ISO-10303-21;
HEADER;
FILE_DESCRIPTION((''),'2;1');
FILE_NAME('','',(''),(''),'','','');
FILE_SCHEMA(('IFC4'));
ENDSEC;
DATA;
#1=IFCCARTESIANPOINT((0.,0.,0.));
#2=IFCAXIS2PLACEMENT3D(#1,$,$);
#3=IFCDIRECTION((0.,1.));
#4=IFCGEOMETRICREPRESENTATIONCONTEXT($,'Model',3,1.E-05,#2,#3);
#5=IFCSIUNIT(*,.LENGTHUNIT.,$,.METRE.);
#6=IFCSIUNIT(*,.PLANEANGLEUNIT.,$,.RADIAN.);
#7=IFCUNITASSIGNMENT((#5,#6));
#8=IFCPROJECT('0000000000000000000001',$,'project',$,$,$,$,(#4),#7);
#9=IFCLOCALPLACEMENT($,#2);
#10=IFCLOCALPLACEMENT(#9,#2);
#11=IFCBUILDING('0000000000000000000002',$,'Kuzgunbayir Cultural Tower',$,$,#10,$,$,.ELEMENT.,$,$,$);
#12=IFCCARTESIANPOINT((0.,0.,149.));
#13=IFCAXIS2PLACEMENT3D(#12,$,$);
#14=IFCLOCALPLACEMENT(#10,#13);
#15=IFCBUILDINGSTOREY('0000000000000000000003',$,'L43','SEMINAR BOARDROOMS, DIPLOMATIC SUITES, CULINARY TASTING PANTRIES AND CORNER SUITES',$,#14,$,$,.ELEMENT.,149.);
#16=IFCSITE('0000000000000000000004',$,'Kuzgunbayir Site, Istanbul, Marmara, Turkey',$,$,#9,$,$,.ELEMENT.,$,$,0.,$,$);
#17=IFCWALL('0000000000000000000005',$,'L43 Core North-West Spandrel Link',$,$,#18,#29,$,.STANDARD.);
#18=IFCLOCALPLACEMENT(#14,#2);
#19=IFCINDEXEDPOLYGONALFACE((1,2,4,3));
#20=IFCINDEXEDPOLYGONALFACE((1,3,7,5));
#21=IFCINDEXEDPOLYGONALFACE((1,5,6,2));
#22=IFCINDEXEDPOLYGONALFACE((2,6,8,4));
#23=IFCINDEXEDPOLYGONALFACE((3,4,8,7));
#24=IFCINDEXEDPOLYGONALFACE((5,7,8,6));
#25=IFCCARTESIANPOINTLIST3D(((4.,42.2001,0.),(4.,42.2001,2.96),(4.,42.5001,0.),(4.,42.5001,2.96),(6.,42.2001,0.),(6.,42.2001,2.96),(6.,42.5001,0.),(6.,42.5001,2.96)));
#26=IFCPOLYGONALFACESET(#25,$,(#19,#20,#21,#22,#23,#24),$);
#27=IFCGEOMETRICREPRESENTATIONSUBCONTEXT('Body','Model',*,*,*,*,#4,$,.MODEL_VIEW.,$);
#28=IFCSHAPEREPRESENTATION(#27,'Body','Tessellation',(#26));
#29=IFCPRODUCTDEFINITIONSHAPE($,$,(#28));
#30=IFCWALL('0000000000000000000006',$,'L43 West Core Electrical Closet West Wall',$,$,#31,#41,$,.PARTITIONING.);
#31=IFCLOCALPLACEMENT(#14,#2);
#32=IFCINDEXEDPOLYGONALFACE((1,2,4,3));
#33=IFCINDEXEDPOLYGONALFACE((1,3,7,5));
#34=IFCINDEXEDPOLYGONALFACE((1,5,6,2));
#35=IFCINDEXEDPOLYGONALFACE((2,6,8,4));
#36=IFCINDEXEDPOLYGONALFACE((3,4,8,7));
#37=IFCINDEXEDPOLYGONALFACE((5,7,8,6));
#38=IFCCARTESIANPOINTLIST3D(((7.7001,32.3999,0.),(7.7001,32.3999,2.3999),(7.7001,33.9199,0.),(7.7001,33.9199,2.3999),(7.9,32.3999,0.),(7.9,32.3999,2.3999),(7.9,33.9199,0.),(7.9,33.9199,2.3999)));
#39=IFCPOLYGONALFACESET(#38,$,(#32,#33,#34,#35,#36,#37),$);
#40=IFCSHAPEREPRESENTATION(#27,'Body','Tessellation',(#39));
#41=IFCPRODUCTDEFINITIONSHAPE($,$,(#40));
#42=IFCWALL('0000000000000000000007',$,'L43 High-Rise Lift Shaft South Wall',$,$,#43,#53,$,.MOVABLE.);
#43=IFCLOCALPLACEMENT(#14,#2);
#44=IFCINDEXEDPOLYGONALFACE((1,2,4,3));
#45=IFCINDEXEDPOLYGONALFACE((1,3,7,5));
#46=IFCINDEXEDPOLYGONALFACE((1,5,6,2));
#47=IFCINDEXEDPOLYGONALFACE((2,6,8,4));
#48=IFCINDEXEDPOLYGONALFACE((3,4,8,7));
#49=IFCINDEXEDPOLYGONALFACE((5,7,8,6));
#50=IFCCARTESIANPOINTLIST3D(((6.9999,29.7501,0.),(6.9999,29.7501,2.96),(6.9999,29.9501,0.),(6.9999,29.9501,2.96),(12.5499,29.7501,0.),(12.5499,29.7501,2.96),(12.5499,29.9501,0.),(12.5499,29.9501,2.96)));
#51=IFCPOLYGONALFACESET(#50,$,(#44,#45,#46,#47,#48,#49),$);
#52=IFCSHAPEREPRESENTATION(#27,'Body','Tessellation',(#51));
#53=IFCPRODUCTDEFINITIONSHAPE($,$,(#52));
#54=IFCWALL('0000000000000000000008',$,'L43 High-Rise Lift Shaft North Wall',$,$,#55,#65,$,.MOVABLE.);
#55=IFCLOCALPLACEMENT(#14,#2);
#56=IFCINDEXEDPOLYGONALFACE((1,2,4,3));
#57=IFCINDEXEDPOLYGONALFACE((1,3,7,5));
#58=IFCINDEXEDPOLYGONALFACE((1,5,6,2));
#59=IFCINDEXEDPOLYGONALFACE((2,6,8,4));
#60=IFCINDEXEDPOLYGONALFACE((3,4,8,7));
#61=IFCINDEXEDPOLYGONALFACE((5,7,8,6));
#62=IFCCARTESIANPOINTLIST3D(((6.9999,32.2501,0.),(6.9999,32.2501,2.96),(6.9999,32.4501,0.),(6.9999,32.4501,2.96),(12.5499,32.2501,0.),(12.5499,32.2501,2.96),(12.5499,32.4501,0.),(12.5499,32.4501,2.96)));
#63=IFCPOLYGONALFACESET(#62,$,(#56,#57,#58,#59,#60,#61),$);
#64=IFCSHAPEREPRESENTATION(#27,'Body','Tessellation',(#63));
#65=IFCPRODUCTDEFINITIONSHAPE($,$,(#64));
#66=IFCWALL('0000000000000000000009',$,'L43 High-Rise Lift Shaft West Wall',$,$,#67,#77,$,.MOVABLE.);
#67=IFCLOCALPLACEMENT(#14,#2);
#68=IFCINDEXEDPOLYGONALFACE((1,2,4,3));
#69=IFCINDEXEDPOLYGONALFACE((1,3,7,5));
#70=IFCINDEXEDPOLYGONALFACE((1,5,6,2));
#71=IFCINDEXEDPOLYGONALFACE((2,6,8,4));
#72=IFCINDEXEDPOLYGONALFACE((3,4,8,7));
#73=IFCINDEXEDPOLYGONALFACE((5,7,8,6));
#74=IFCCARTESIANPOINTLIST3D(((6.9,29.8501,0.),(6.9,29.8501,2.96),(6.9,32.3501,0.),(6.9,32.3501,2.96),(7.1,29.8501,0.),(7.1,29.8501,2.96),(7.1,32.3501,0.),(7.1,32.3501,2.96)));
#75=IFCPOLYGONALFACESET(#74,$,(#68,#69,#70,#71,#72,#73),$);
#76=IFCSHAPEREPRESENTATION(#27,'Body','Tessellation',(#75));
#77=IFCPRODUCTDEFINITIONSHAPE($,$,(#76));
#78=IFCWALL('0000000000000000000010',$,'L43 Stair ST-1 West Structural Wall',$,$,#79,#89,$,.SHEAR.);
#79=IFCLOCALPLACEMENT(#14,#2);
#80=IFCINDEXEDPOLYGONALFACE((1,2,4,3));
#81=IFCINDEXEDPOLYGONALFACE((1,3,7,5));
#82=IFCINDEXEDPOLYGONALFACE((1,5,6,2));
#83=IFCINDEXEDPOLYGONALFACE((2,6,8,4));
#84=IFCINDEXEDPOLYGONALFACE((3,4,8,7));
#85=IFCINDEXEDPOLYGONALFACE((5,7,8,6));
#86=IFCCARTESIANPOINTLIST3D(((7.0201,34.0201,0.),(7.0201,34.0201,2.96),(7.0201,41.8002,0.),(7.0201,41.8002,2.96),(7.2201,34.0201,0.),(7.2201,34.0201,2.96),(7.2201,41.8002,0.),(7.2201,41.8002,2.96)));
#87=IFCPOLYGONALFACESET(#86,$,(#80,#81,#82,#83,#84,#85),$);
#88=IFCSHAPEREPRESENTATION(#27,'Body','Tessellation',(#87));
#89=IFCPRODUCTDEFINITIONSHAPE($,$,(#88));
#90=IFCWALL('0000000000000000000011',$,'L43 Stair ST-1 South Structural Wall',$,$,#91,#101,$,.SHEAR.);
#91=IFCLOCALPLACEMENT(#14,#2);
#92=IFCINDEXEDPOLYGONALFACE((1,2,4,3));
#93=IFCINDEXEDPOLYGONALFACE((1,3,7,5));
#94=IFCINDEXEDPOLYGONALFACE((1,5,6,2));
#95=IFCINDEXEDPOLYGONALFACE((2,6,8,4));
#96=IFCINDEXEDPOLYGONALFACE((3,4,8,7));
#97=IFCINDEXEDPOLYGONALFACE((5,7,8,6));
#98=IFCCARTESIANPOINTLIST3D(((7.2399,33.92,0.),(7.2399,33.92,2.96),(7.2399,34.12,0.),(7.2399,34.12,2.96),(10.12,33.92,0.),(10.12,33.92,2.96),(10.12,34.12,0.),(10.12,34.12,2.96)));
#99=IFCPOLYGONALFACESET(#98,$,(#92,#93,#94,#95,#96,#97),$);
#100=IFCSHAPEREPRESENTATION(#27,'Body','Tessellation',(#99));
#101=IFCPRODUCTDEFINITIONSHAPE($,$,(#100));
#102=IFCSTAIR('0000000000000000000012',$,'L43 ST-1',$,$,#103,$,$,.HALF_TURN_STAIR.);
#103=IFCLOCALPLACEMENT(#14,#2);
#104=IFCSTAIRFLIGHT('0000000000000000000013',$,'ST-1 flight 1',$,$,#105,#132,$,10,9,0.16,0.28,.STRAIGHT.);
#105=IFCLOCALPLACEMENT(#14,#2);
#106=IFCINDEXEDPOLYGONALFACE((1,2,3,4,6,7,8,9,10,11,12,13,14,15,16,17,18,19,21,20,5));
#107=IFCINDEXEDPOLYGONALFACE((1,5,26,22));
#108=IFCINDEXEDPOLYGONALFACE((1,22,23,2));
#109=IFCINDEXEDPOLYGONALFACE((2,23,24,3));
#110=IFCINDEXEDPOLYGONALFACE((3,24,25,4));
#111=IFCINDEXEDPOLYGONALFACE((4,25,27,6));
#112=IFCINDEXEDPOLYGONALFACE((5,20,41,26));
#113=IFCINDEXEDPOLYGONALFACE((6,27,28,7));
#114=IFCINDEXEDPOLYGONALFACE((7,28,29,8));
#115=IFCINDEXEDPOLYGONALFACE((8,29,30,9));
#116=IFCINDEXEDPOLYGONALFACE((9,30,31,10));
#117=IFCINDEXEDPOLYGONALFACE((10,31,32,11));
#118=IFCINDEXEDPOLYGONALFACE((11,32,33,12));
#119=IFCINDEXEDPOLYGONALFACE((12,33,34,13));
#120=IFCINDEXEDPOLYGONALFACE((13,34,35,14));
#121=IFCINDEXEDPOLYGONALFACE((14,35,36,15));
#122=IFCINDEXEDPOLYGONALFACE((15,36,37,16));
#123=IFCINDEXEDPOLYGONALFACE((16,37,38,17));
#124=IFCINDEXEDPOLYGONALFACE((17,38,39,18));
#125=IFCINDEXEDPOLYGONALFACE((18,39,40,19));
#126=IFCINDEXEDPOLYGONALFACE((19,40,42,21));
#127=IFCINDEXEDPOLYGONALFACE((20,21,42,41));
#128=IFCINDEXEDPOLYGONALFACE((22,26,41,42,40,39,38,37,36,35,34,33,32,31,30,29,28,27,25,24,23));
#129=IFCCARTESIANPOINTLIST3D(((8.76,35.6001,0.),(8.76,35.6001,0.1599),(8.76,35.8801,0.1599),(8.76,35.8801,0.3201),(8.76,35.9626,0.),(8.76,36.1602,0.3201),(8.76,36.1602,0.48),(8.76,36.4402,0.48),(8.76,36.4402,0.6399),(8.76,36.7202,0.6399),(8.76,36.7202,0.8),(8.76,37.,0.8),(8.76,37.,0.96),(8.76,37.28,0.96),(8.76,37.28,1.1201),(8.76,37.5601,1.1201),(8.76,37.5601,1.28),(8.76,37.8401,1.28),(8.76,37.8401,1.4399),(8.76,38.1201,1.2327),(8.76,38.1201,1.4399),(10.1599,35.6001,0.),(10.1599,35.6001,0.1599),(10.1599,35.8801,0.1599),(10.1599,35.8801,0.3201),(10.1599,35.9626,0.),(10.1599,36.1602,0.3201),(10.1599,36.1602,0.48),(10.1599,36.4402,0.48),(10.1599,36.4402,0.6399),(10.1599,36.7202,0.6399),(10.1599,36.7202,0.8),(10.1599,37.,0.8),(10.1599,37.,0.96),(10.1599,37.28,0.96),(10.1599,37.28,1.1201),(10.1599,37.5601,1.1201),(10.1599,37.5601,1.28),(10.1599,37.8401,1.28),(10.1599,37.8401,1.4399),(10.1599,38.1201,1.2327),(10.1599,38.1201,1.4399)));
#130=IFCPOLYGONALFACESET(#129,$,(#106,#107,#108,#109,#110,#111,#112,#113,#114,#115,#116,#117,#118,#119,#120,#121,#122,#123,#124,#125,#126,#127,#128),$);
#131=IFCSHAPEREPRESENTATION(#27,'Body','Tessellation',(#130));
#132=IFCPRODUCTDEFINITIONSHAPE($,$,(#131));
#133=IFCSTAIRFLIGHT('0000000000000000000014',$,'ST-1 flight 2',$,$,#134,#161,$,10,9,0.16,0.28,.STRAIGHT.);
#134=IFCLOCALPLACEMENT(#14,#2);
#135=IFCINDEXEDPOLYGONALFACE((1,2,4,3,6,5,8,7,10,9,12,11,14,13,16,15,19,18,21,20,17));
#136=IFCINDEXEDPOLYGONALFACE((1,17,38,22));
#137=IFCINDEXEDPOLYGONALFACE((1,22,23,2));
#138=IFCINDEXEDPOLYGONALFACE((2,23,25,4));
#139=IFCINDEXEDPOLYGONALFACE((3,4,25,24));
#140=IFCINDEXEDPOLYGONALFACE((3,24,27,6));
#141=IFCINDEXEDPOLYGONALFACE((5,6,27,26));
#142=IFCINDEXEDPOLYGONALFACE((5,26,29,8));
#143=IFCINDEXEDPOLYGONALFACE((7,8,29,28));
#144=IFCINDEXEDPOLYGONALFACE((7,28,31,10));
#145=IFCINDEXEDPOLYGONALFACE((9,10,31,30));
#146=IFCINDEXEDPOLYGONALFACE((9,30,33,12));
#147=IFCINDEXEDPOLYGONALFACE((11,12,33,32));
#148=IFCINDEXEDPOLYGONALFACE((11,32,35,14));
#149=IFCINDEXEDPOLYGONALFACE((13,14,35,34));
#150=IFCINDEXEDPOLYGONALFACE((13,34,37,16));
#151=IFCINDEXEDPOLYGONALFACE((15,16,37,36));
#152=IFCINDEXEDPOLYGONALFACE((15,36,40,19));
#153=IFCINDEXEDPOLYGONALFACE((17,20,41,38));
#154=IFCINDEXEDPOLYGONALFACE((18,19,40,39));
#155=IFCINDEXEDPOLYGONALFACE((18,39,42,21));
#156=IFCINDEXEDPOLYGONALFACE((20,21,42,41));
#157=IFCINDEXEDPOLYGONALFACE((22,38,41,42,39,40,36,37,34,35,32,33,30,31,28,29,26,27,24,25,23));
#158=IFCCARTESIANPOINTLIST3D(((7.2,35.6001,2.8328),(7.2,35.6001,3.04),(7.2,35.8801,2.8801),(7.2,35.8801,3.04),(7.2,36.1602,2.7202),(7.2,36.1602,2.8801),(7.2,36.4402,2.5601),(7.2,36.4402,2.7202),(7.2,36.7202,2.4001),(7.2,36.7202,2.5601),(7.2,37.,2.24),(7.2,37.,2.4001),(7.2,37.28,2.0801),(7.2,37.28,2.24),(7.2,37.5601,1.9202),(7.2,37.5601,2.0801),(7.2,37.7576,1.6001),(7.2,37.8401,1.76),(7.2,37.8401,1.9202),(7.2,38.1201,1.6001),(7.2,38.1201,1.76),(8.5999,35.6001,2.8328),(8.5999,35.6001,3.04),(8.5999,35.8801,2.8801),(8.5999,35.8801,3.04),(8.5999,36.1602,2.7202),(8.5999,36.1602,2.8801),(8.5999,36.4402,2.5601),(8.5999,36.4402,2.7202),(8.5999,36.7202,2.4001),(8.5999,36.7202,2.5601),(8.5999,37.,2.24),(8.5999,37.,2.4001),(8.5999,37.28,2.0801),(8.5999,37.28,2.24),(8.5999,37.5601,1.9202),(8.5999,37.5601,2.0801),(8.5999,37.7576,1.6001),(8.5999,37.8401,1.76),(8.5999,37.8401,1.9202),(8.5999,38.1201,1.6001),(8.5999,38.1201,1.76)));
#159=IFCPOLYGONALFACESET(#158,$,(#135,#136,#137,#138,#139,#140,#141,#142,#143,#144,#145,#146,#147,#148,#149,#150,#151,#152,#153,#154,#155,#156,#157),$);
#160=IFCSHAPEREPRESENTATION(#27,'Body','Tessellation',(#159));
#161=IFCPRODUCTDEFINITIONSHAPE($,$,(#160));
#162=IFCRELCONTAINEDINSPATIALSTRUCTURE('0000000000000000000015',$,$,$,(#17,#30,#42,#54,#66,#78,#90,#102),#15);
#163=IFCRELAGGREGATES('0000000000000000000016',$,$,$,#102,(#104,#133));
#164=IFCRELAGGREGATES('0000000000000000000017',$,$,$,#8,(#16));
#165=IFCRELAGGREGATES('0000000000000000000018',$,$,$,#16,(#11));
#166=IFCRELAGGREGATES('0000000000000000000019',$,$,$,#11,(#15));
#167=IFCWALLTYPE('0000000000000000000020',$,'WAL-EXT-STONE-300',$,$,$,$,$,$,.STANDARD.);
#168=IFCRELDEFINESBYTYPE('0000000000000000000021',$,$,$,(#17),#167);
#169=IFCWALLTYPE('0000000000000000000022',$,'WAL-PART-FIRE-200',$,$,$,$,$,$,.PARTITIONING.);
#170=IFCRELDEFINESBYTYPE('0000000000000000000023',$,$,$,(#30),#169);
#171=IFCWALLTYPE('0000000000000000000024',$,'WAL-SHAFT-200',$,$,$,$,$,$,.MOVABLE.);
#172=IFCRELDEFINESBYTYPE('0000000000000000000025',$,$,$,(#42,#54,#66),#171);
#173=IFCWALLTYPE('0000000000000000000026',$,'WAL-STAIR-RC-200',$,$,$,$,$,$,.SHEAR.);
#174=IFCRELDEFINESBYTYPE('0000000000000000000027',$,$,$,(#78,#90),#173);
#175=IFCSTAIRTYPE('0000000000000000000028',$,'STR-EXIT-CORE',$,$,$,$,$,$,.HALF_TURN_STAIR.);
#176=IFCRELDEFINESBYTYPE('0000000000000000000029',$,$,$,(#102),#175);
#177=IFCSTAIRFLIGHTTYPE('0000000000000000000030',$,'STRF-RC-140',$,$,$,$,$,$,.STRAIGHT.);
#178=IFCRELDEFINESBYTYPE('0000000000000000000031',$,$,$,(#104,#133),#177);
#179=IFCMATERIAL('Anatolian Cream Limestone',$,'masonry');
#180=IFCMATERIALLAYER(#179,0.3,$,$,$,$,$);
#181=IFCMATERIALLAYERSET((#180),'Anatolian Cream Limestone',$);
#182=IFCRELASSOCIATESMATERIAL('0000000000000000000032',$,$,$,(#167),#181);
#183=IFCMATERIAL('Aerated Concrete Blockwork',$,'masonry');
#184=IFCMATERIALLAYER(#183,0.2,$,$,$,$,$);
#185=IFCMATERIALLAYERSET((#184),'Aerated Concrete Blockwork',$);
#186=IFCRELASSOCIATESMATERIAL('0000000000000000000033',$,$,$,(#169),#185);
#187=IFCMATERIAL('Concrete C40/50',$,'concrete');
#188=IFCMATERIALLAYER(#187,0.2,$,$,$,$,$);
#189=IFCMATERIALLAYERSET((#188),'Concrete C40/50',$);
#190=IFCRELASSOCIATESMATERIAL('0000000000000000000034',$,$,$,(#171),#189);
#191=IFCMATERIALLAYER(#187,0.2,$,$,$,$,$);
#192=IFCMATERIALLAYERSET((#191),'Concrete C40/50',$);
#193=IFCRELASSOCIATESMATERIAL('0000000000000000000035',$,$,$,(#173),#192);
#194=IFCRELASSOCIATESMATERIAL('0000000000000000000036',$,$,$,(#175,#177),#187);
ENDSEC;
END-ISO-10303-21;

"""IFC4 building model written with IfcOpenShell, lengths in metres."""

from ifc_helpers import new_model, si_unit, direction, frame, frame_2d, origin, place, context, subcontext, project, spatial, polyline, rectangle, outline, extrude, material, layer, layer_set, type_object, element, aggregate, save


model = new_model("IFC4")

# Units and contexts
model_context = context("Model", 3, precision=1e-05, world=origin(), true_north=direction((0.0, 1.0)))
body_context = subcontext(model_context, "Body", "Model", "MODEL_VIEW")
ifc_project = project(units=[si_unit("LENGTHUNIT", "METRE"), si_unit("PLANEANGLEUNIT", "RADIAN")], contexts=[model_context])

# Site, building, storey
site_placement = place(None, origin())
site = spatial("IfcSite", under=ifc_project, at=site_placement, Name="Kuzgunbayir Site, Istanbul, Marmara, Turkey", CompositionType="ELEMENT", RefElevation=0.0)
building_placement = place(site_placement, origin())
building = spatial("IfcBuilding", under=site, at=building_placement, Name="Kuzgunbayir Cultural Tower", CompositionType="ELEMENT")
storey_placement = place(building_placement, frame((0.0, 0.0, 149.0)))
storey = spatial("IfcBuildingStorey", under=building, at=storey_placement, Name="L43", Description="SEMINAR BOARDROOMS, DIPLOMATIC SUITES, CULINARY TASTING PANTRIES AND CORNER SUITES", CompositionType="ELEMENT", Elevation=149.0)

# Shared definitions
ifc_material_1 = material(Name="Anatolian Cream Limestone", Category="masonry")
ifc_layer_1 = layer(ifc_material_1, 0.3)
ifc_layer_set_1 = layer_set([ifc_layer_1], Name="Anatolian Cream Limestone")
wall_type_1 = type_object("IfcWallType", Name="WAL-EXT-STONE-300", PredefinedType="STANDARD", material=ifc_layer_set_1)

# Walls
wall_1_placement = place(storey_placement, frame((6.0, 42.3501, 0.0), z_axis=(0.0, 0.0, 1.0), x_axis=(-1.0, 0.0, 0.0)))
element("IfcWall", 1, at=wall_1_placement, inside=storey, type_object=wall_type_1, Name="L43 Core North-West Spandrel Link", PredefinedType="STANDARD", context=body_context, shape_type="SweptSolid", body=[
    extrude(rectangle(XDim=2.0, YDim=0.3, at=frame_2d((1.0, 0.0))), origin(), (0.0, 0.0, 1.0), 2.96),
])
ifc_material_2 = material(Name="Aerated Concrete Blockwork", Category="masonry")
ifc_layer_2 = layer(ifc_material_2, 0.2)
ifc_layer_set_2 = layer_set([ifc_layer_2], Name="Aerated Concrete Blockwork")
wall_type_2 = type_object("IfcWallType", Name="WAL-PART-FIRE-200", PredefinedType="PARTITIONING", material=ifc_layer_set_2)
wall_2_placement = place(storey_placement, frame((7.8, 32.3999, 0.0), z_axis=(0.0, 0.0, 1.0), x_axis=(0.0, 1.0, 0.0)))
element("IfcWall", 2, at=wall_2_placement, inside=storey, type_object=wall_type_2, Name="L43 West Core Electrical Closet West Wall", PredefinedType="PARTITIONING", context=body_context, shape_type="SweptSolid", body=[
    extrude(rectangle(XDim=1.52, YDim=0.2, at=frame_2d((0.76, 0.0))), origin(), (0.0, 0.0, 1.0), 2.3999),
])
ifc_material_3 = material(Name="Concrete C40/50", Category="concrete")
ifc_layer_3 = layer(ifc_material_3, 0.2)
ifc_layer_set_3 = layer_set([ifc_layer_3], Name="Concrete C40/50")
wall_type_3 = type_object("IfcWallType", Name="WAL-SHAFT-200", PredefinedType="MOVABLE", material=ifc_layer_set_3)
for number, where, z_axis, x_axis, name in (
    (3, (7.0, 29.8501, 0.0), (0.0, 0.0, 1.0), (1.0, 0.0, 0.0), "L43 High-Rise Lift Shaft South Wall"),
    (4, (7.0, 32.3501, 0.0), (0.0, 0.0, 1.0), (1.0, 0.0, 0.0), "L43 High-Rise Lift Shaft North Wall"),
):
    element("IfcWall", number, at=place(storey_placement, frame(where, z_axis=z_axis, x_axis=x_axis)), inside=storey, type_object=wall_type_3, Name=name, PredefinedType="MOVABLE", context=body_context, shape_type="SweptSolid", body=[
        extrude(rectangle(XDim=5.55, YDim=0.2, at=frame_2d((2.7749, 0.0))), origin(), (0.0, 0.0, 1.0), 2.96),
    ])
wall_3_placement = place(storey_placement, frame((7.0, 29.8501, 0.0), z_axis=(0.0, 0.0, 1.0), x_axis=(0.0, 1.0, 0.0)))
element("IfcWall", 5, at=wall_3_placement, inside=storey, type_object=wall_type_3, Name="L43 High-Rise Lift Shaft West Wall", PredefinedType="MOVABLE", context=body_context, shape_type="SweptSolid", body=[
    extrude(rectangle(XDim=2.5, YDim=0.2, at=frame_2d((1.25, 0.0))), origin(), (0.0, 0.0, 1.0), 2.96),
])
ifc_layer_4 = layer(ifc_material_3, 0.2)
ifc_layer_set_4 = layer_set([ifc_layer_4], Name="Concrete C40/50")
wall_type_4 = type_object("IfcWallType", Name="WAL-STAIR-RC-200", PredefinedType="SHEAR", material=ifc_layer_set_4)
wall_4_placement = place(storey_placement, frame((7.1201, 34.02, 0.0), z_axis=(0.0, 0.0, 1.0), x_axis=(0.0, 1.0, 0.0)))
element("IfcWall", 6, at=wall_4_placement, inside=storey, type_object=wall_type_4, Name="L43 Stair ST-1 West Structural Wall", PredefinedType="SHEAR", context=body_context, shape_type="SweptSolid", body=[
    extrude(rectangle(XDim=7.78, YDim=0.2, at=frame_2d((3.8901, 0.0))), origin(), (0.0, 0.0, 1.0), 2.96),
])
wall_5_placement = place(storey_placement, frame((7.24, 34.02, 0.0), z_axis=(0.0, 0.0, 1.0), x_axis=(1.0, 0.0, 0.0)))
element("IfcWall", 7, at=wall_5_placement, inside=storey, type_object=wall_type_4, Name="L43 Stair ST-1 South Structural Wall", PredefinedType="SHEAR", context=body_context, shape_type="SweptSolid", body=[
    extrude(rectangle(XDim=2.8801, YDim=0.2, at=frame_2d((1.4399, 0.0))), origin(), (0.0, 0.0, 1.0), 2.96),
])

# Stair, stair flights
stair_type = type_object("IfcStairType", Name="STR-EXIT-CORE", PredefinedType="HALF_TURN_STAIR", material=ifc_material_3)
stair_placement = place(storey_placement, origin())
stair = element("IfcStair", 8, at=stair_placement, inside=storey, type_object=stair_type, Name="L43 ST-1", PredefinedType="HALF_TURN_STAIR")
stair_flight_type = type_object("IfcStairFlightType", Name="STRF-RC-140", PredefinedType="STRAIGHT", material=ifc_material_3)
stair_flight_1_placement = place(storey_placement, frame((9.46, 35.6001, 0.0), z_axis=(0.0, 0.0, 1.0), x_axis=(0.0, 1.0, 0.0)))
stair_flight_1 = element("IfcStairFlight", 9, at=stair_flight_1_placement, type_object=stair_flight_type, Name="ST-1 flight 1", NumberOfRisers=10, NumberOfTreads=9, PredefinedType="STRAIGHT", RiserHeight=0.16, TreadLength=0.28, context=body_context, shape_type="SweptSolid", body=[
    extrude(outline(polyline([(0.0, 0.0), (0.0, 0.1599), (0.28, 0.1599), (0.28, 0.3201), (0.5601, 0.3201), (0.5601, 0.48), (0.8401, 0.48), (0.8401, 0.6399), (1.1201, 0.6399), (1.1201, 0.8), (1.3999, 0.8), (1.3999, 0.96), (1.6799, 0.96), (1.6799, 1.1201), (1.96, 1.1201), (1.96, 1.28), (2.24, 1.28), (2.24, 1.4399), (2.52, 1.4399), (2.52, 1.6001), (2.52, 1.2327), (0.3625, 0.0), (0.0, 0.0)])), frame((0.0, 0.7, 0.0), z_axis=(0.0, -1.0, 0.0), x_axis=(1.0, 0.0, 0.0)), (0.0, 0.0, 1.0), 1.3999),
])
stair_flight_2_placement = place(storey_placement, frame((7.8999, 38.1201, 1.6001), z_axis=(0.0, 0.0, 1.0), x_axis=(0.0, -1.0, 0.0)))
stair_flight_2 = element("IfcStairFlight", 10, at=stair_flight_2_placement, type_object=stair_flight_type, Name="ST-1 flight 2", NumberOfRisers=10, NumberOfTreads=9, PredefinedType="STRAIGHT", RiserHeight=0.16, TreadLength=0.28, context=body_context, shape_type="SweptSolid", body=[
    extrude(outline(polyline([(0.0, 0.0), (0.0, 0.1599), (0.28, 0.1599), (0.28, 0.3201), (0.5601, 0.3201), (0.5601, 0.48), (0.8401, 0.48), (0.8401, 0.6399), (1.1201, 0.6399), (1.1201, 0.8), (1.3999, 0.8), (1.3999, 0.96), (1.6799, 0.96), (1.6799, 1.1201), (1.96, 1.1201), (1.96, 1.28), (2.24, 1.28), (2.24, 1.4399), (2.52, 1.4399), (2.52, 1.6001), (2.52, 1.2327), (0.3625, 0.0), (0.0, 0.0)])), frame((0.0, 0.7, 0.0), z_axis=(0.0, -1.0, 0.0), x_axis=(1.0, 0.0, 0.0)), (0.0, 0.0, 1.0), 1.3999),
])
aggregate(stair, [stair_flight_1, stair_flight_2])

save(model, "model.ifc")
